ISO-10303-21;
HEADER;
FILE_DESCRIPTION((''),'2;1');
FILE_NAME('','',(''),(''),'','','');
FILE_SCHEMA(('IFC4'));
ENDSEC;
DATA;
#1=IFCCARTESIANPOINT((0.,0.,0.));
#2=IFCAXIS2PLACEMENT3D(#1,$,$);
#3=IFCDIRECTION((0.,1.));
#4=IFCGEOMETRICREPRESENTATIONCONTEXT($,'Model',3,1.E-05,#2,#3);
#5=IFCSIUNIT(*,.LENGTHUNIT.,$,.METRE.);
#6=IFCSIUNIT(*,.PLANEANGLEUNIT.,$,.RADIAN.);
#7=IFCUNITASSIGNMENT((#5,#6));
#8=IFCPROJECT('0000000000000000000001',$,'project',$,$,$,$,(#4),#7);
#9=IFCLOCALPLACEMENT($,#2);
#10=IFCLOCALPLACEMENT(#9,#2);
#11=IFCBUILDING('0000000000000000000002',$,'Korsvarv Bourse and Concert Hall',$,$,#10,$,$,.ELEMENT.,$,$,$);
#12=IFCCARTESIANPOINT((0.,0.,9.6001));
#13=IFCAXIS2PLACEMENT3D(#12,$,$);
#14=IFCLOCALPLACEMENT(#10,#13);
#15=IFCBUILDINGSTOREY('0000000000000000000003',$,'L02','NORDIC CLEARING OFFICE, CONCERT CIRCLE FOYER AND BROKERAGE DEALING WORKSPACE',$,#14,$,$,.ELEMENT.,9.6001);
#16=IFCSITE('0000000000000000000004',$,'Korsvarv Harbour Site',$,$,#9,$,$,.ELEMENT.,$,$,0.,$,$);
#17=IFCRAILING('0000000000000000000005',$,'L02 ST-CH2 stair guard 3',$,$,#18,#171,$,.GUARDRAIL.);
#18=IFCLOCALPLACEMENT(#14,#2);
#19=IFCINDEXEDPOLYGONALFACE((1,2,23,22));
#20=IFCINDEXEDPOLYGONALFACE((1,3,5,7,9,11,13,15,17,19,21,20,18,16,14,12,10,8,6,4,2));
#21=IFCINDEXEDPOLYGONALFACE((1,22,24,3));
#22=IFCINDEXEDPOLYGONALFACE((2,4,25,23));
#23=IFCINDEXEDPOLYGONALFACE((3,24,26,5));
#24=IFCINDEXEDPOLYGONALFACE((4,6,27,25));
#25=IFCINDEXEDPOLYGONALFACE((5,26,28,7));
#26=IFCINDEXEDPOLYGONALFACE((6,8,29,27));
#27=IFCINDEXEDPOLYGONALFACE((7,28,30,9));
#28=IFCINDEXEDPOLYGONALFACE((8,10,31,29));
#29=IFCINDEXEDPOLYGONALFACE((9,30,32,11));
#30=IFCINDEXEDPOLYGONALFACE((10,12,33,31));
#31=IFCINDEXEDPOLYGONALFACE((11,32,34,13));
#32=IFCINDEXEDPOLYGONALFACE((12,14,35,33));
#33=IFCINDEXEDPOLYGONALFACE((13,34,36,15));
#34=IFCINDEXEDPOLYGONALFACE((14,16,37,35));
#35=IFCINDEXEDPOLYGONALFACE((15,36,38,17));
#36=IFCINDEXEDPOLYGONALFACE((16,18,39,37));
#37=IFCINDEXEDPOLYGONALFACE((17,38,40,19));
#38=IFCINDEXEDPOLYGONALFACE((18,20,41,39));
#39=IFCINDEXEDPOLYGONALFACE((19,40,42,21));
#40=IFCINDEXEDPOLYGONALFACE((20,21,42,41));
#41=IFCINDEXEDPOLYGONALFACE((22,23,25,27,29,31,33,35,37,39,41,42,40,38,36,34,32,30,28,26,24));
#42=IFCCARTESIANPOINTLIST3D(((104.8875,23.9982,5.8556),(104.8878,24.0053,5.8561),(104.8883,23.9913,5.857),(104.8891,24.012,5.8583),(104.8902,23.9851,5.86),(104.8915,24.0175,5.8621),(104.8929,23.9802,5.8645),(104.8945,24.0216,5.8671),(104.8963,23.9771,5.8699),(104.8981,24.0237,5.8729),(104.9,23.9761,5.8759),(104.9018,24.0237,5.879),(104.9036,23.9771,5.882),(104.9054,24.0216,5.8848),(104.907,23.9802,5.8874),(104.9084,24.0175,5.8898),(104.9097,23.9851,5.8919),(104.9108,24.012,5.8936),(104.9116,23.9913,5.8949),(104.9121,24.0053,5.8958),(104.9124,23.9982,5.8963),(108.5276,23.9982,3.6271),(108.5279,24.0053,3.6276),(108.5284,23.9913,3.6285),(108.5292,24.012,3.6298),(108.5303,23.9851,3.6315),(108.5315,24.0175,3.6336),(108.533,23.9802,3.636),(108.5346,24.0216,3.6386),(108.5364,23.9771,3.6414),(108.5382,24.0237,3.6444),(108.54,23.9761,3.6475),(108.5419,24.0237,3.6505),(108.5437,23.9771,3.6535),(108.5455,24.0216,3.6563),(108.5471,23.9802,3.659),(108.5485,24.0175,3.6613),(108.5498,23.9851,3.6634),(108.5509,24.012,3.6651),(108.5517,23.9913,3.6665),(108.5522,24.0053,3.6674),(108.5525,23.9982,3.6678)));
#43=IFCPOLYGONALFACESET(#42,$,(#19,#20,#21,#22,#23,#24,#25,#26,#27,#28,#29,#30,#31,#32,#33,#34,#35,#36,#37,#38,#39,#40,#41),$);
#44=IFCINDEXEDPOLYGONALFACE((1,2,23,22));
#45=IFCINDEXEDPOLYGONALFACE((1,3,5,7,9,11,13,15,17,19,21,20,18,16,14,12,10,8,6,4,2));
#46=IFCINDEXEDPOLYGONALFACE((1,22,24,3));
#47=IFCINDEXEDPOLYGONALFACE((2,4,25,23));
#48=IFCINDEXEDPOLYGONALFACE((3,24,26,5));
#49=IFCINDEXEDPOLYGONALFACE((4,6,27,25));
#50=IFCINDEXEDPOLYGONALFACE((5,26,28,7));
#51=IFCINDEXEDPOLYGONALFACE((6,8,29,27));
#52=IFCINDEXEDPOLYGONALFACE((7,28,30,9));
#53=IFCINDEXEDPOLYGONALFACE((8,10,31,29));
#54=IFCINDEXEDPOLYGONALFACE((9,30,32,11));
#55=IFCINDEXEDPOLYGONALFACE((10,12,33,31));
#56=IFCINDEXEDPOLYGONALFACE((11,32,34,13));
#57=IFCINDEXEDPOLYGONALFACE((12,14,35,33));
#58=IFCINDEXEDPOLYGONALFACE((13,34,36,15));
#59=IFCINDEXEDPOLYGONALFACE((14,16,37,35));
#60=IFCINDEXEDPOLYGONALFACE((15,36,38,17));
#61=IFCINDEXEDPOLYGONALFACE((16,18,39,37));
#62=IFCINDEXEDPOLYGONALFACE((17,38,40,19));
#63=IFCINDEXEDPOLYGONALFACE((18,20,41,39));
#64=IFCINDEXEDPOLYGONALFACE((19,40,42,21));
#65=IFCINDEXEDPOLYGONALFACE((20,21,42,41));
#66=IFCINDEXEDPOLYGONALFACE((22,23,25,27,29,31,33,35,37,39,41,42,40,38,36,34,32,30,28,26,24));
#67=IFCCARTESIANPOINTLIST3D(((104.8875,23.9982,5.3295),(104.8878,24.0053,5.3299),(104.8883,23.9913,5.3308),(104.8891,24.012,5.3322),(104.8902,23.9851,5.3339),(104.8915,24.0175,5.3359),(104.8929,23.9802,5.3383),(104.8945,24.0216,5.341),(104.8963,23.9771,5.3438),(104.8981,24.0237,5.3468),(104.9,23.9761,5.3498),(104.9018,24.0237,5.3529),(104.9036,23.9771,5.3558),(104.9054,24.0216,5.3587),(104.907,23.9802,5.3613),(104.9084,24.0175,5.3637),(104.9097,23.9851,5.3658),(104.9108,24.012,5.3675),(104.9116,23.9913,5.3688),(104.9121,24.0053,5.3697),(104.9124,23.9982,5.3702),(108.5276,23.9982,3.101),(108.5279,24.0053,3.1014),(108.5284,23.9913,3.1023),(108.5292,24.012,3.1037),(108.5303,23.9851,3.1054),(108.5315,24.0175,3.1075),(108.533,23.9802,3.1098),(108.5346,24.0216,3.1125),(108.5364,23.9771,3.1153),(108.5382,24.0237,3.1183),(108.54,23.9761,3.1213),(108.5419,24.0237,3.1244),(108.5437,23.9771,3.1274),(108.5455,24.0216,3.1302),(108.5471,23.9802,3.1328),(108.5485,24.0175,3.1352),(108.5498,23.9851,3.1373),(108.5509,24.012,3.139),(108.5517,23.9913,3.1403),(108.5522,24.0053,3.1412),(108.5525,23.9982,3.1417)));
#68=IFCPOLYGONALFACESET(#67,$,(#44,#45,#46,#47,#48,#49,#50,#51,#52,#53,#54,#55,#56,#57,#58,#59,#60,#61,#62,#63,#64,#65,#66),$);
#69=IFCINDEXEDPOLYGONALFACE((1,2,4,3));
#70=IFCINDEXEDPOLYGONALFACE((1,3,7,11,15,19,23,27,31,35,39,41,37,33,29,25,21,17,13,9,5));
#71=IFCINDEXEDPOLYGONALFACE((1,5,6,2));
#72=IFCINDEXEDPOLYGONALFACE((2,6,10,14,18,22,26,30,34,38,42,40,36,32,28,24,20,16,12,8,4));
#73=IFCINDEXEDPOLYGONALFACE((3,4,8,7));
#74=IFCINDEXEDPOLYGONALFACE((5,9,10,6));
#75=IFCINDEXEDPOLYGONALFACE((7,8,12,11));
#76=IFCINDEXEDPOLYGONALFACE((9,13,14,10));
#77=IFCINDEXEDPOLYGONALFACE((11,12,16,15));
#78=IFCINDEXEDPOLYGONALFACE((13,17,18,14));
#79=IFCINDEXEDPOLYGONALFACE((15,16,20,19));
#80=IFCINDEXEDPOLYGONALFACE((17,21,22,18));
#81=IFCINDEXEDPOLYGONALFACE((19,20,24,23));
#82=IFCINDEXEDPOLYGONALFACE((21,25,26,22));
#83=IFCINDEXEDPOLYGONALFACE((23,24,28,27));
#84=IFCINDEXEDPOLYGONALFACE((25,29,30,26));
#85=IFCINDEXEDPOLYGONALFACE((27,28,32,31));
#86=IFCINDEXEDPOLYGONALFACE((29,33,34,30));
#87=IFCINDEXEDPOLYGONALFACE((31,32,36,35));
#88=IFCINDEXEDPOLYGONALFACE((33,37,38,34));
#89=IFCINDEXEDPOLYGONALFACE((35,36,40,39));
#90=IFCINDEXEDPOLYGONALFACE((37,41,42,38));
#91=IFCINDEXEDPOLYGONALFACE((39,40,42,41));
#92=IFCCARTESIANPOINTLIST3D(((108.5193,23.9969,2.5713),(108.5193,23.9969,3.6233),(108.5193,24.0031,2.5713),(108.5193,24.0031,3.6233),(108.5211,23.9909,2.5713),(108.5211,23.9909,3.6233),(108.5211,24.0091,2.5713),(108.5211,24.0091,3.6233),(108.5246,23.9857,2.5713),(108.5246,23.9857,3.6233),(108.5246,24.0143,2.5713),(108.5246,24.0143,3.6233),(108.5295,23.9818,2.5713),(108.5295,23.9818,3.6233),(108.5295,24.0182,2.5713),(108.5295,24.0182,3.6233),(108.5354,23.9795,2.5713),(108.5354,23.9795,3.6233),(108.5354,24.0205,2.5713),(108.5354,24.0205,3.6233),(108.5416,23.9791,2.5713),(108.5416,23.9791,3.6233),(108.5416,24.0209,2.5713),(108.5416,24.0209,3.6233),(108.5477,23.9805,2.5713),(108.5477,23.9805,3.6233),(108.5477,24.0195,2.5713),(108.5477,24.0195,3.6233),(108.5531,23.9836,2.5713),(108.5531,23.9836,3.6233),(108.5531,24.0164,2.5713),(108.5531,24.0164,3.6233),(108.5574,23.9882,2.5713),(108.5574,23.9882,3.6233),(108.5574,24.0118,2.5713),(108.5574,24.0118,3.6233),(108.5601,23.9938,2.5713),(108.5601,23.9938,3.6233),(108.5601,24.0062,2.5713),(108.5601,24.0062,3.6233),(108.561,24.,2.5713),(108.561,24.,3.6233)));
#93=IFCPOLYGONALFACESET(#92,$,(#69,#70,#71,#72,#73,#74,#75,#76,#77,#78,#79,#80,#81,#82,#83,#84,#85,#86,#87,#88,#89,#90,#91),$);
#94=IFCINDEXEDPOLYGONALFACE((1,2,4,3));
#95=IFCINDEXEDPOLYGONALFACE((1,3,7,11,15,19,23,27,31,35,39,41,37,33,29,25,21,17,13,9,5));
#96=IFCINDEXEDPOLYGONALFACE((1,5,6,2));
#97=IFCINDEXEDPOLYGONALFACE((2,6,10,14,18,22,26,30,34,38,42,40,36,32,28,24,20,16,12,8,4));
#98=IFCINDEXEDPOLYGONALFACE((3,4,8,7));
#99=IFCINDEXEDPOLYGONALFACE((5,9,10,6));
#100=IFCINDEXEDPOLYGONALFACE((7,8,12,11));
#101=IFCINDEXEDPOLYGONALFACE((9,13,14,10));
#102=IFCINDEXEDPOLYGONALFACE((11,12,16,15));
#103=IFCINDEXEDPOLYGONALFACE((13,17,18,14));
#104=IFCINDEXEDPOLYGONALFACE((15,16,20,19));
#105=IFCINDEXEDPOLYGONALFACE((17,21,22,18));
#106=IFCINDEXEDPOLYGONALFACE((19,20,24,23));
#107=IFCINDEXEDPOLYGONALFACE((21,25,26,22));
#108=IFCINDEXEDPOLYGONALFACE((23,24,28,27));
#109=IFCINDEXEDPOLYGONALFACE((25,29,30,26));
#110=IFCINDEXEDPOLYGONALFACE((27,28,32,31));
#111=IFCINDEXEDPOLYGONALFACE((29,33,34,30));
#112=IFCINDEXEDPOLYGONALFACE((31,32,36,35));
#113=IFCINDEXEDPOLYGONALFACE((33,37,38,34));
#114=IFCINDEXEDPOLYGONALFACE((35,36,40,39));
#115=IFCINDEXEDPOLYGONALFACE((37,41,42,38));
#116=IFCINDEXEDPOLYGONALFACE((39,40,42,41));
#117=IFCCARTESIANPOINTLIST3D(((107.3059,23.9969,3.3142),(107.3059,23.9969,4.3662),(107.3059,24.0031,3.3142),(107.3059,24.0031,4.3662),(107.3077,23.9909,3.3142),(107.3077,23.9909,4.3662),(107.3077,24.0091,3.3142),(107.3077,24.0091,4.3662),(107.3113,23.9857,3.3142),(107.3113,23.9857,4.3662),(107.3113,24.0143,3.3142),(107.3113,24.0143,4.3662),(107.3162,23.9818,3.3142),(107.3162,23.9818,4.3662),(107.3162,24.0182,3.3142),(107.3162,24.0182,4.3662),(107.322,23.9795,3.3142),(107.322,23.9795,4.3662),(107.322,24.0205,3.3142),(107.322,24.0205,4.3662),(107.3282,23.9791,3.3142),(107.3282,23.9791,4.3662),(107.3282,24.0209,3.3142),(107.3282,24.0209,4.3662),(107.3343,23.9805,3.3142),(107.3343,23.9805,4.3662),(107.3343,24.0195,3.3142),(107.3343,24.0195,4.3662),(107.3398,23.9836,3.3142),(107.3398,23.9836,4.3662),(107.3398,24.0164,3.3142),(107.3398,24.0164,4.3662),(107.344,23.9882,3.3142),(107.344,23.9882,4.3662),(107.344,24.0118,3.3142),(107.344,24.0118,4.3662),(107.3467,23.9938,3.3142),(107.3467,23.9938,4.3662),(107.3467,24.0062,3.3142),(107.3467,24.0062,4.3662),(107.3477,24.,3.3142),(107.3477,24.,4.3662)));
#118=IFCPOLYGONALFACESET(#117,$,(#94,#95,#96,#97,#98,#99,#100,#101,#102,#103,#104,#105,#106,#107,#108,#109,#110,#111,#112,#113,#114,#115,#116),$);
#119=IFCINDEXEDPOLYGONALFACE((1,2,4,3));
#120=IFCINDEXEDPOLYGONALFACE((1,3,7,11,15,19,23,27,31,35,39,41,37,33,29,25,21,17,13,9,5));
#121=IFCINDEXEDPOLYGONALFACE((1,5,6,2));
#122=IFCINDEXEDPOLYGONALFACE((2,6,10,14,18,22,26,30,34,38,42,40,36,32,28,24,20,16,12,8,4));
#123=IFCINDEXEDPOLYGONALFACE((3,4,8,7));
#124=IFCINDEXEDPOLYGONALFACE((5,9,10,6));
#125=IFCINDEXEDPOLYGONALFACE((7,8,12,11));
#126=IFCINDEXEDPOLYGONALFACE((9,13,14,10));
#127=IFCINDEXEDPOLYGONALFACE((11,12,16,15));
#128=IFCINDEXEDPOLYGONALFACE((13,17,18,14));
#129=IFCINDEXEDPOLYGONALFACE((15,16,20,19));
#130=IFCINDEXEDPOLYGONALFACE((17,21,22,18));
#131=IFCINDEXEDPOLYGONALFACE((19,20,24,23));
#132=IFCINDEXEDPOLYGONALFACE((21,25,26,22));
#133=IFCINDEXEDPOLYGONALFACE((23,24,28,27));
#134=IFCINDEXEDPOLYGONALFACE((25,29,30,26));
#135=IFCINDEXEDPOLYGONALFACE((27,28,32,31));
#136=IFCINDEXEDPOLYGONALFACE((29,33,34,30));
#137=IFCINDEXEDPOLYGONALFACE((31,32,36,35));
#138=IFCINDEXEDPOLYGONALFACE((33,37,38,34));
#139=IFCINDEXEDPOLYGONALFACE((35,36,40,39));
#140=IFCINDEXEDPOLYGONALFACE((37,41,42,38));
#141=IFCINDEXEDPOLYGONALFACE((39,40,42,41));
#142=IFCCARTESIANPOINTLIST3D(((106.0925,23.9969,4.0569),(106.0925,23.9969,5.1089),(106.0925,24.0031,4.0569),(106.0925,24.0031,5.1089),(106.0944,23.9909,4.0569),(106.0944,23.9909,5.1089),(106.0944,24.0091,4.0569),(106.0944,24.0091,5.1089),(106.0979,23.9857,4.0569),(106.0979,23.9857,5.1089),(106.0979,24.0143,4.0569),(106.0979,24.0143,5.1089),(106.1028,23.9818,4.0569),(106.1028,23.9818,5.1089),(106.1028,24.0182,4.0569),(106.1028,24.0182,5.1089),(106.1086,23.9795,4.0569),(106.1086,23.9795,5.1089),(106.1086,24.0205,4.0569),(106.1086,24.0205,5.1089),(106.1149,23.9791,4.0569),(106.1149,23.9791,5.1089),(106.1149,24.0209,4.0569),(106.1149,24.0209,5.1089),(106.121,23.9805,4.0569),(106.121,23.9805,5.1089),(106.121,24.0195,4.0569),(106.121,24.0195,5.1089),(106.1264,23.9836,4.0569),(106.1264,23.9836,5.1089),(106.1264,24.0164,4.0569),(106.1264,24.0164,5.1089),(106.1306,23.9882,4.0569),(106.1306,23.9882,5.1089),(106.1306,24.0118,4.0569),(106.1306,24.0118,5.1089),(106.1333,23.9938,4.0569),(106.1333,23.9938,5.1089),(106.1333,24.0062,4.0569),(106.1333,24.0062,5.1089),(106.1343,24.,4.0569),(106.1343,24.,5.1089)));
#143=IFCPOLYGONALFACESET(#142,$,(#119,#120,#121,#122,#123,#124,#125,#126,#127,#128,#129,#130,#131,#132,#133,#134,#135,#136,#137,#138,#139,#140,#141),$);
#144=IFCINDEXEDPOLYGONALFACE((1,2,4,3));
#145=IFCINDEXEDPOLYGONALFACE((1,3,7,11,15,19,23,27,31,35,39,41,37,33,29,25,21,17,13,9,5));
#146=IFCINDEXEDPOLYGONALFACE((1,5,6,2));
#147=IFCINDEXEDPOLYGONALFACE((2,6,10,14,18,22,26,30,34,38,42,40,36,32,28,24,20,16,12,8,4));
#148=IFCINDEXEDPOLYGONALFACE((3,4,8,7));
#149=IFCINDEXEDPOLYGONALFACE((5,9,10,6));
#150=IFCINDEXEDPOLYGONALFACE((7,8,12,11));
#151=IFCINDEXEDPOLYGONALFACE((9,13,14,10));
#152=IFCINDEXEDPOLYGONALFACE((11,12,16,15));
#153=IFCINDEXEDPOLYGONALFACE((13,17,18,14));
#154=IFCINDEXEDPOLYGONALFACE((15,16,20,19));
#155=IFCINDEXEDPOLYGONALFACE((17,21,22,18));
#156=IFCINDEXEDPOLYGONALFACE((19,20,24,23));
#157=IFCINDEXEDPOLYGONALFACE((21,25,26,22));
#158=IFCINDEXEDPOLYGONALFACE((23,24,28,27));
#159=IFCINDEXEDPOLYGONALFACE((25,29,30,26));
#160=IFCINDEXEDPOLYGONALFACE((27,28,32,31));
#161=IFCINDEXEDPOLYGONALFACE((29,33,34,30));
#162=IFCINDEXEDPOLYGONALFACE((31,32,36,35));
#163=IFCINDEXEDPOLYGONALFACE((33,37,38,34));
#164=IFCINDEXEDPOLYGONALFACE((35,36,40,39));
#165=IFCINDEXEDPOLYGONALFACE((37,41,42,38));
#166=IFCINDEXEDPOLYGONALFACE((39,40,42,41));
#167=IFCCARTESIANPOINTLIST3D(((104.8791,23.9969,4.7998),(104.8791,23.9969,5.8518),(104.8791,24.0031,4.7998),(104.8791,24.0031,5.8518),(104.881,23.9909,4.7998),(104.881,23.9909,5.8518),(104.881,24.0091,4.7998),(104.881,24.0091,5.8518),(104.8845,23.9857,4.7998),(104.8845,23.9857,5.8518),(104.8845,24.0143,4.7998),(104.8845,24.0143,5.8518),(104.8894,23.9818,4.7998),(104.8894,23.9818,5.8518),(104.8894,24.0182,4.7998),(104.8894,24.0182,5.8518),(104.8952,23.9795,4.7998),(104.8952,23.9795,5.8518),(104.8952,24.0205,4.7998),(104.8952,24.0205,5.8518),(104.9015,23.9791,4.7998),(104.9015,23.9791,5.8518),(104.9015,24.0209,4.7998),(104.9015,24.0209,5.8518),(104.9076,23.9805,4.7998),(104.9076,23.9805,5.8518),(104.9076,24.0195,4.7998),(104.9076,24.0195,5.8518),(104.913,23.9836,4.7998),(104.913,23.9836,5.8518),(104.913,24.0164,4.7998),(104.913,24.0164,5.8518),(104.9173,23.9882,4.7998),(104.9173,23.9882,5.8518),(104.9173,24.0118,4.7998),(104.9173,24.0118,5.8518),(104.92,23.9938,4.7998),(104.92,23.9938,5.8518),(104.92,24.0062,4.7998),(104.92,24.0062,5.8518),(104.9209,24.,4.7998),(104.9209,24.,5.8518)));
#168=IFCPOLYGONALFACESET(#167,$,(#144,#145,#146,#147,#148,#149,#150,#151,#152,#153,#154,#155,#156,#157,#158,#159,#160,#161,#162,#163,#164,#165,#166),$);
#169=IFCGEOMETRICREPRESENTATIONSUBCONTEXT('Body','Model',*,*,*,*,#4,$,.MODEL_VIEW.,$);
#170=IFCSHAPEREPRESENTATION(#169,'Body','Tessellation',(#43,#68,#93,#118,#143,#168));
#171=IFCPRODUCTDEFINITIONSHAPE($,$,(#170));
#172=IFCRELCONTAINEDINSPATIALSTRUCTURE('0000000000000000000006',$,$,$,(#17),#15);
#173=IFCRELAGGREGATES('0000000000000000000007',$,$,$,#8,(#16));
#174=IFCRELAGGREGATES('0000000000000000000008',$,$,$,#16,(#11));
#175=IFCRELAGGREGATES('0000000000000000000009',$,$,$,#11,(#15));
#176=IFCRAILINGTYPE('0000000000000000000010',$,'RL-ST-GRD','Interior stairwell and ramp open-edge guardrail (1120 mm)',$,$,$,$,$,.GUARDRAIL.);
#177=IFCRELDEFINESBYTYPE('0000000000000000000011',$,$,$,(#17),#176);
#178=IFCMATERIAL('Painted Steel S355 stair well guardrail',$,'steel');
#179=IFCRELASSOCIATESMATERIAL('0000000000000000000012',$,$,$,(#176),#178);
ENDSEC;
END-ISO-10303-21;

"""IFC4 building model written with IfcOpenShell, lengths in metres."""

from ifc_helpers import new_model, si_unit, direction, frame, origin, origin_2d, place, context, subcontext, project, spatial, circle, extrude, material, type_object, element, save


model = new_model("IFC4")

# Units and contexts
model_context = context("Model", 3, precision=1e-05, world=origin(), true_north=direction((0.0, 1.0)))
body_context = subcontext(model_context, "Body", "Model", "MODEL_VIEW")
ifc_project = project(units=[si_unit("LENGTHUNIT", "METRE"), si_unit("PLANEANGLEUNIT", "RADIAN")], contexts=[model_context])

# Site, building, storey
site_placement = place(None, origin())
site = spatial("IfcSite", under=ifc_project, at=site_placement, Name="Korsvarv Harbour Site", CompositionType="ELEMENT", RefElevation=0.0)
building_placement = place(site_placement, origin())
building = spatial("IfcBuilding", under=site, at=building_placement, Name="Korsvarv Bourse and Concert Hall", CompositionType="ELEMENT")
storey_placement = place(building_placement, frame((0.0, 0.0, 9.6001)))
storey = spatial("IfcBuildingStorey", under=building, at=storey_placement, Name="L02", Description="NORDIC CLEARING OFFICE, CONCERT CIRCLE FOYER AND BROKERAGE DEALING WORKSPACE", CompositionType="ELEMENT", Elevation=9.6001)

# Railing
ifc_material_1 = material(Name="Painted Steel S355 stair well guardrail", Category="steel")
railing_type_1 = type_object("IfcRailingType", Name="RL-ST-GRD", Description="Interior stairwell and ramp open-edge guardrail (1120 mm)", PredefinedType="GUARDRAIL", material=ifc_material_1)
railing_1_placement = place(storey_placement, frame((108.54, 24.0, 2.5713)))
element("IfcRailing", 1, at=railing_1_placement, inside=storey, type_object=railing_type_1, Name="L02 ST-CH2 stair guard 3", PredefinedType="GUARDRAIL", context=body_context, shape_type="SweptSolid", body=[
    extrude(circle(Radius=0.0239, at=origin_2d()), frame((0.0, 0.0, 1.0762), z_axis=(-0.852866, 0.0, 0.52213), x_axis=(0.0, -1.0, 0.0)), (0.0, 0.0, 1.0), 4.2681),
    extrude(circle(Radius=0.0239, at=origin_2d()), frame((0.0, 0.0, 0.55), z_axis=(-0.852866, 0.0, 0.52213), x_axis=(0.0, -1.0, 0.0)), (0.0, 0.0, 1.0), 4.2681),
    extrude(circle(Radius=0.021, at=origin_2d()), origin(), (0.0, 0.0, 1.0), 1.052),
    extrude(circle(Radius=0.021, at=origin_2d()), frame((-1.2134, 0.0, 0.7429)), (0.0, 0.0, 1.0), 1.052),
    extrude(circle(Radius=0.021, at=origin_2d()), frame((-2.4268, 0.0, 1.4856)), (0.0, 0.0, 1.0), 1.052),
    extrude(circle(Radius=0.021, at=origin_2d()), frame((-3.6401, 0.0, 2.2285)), (0.0, 0.0, 1.0), 1.052),
])

save(model, "model.ifc")
